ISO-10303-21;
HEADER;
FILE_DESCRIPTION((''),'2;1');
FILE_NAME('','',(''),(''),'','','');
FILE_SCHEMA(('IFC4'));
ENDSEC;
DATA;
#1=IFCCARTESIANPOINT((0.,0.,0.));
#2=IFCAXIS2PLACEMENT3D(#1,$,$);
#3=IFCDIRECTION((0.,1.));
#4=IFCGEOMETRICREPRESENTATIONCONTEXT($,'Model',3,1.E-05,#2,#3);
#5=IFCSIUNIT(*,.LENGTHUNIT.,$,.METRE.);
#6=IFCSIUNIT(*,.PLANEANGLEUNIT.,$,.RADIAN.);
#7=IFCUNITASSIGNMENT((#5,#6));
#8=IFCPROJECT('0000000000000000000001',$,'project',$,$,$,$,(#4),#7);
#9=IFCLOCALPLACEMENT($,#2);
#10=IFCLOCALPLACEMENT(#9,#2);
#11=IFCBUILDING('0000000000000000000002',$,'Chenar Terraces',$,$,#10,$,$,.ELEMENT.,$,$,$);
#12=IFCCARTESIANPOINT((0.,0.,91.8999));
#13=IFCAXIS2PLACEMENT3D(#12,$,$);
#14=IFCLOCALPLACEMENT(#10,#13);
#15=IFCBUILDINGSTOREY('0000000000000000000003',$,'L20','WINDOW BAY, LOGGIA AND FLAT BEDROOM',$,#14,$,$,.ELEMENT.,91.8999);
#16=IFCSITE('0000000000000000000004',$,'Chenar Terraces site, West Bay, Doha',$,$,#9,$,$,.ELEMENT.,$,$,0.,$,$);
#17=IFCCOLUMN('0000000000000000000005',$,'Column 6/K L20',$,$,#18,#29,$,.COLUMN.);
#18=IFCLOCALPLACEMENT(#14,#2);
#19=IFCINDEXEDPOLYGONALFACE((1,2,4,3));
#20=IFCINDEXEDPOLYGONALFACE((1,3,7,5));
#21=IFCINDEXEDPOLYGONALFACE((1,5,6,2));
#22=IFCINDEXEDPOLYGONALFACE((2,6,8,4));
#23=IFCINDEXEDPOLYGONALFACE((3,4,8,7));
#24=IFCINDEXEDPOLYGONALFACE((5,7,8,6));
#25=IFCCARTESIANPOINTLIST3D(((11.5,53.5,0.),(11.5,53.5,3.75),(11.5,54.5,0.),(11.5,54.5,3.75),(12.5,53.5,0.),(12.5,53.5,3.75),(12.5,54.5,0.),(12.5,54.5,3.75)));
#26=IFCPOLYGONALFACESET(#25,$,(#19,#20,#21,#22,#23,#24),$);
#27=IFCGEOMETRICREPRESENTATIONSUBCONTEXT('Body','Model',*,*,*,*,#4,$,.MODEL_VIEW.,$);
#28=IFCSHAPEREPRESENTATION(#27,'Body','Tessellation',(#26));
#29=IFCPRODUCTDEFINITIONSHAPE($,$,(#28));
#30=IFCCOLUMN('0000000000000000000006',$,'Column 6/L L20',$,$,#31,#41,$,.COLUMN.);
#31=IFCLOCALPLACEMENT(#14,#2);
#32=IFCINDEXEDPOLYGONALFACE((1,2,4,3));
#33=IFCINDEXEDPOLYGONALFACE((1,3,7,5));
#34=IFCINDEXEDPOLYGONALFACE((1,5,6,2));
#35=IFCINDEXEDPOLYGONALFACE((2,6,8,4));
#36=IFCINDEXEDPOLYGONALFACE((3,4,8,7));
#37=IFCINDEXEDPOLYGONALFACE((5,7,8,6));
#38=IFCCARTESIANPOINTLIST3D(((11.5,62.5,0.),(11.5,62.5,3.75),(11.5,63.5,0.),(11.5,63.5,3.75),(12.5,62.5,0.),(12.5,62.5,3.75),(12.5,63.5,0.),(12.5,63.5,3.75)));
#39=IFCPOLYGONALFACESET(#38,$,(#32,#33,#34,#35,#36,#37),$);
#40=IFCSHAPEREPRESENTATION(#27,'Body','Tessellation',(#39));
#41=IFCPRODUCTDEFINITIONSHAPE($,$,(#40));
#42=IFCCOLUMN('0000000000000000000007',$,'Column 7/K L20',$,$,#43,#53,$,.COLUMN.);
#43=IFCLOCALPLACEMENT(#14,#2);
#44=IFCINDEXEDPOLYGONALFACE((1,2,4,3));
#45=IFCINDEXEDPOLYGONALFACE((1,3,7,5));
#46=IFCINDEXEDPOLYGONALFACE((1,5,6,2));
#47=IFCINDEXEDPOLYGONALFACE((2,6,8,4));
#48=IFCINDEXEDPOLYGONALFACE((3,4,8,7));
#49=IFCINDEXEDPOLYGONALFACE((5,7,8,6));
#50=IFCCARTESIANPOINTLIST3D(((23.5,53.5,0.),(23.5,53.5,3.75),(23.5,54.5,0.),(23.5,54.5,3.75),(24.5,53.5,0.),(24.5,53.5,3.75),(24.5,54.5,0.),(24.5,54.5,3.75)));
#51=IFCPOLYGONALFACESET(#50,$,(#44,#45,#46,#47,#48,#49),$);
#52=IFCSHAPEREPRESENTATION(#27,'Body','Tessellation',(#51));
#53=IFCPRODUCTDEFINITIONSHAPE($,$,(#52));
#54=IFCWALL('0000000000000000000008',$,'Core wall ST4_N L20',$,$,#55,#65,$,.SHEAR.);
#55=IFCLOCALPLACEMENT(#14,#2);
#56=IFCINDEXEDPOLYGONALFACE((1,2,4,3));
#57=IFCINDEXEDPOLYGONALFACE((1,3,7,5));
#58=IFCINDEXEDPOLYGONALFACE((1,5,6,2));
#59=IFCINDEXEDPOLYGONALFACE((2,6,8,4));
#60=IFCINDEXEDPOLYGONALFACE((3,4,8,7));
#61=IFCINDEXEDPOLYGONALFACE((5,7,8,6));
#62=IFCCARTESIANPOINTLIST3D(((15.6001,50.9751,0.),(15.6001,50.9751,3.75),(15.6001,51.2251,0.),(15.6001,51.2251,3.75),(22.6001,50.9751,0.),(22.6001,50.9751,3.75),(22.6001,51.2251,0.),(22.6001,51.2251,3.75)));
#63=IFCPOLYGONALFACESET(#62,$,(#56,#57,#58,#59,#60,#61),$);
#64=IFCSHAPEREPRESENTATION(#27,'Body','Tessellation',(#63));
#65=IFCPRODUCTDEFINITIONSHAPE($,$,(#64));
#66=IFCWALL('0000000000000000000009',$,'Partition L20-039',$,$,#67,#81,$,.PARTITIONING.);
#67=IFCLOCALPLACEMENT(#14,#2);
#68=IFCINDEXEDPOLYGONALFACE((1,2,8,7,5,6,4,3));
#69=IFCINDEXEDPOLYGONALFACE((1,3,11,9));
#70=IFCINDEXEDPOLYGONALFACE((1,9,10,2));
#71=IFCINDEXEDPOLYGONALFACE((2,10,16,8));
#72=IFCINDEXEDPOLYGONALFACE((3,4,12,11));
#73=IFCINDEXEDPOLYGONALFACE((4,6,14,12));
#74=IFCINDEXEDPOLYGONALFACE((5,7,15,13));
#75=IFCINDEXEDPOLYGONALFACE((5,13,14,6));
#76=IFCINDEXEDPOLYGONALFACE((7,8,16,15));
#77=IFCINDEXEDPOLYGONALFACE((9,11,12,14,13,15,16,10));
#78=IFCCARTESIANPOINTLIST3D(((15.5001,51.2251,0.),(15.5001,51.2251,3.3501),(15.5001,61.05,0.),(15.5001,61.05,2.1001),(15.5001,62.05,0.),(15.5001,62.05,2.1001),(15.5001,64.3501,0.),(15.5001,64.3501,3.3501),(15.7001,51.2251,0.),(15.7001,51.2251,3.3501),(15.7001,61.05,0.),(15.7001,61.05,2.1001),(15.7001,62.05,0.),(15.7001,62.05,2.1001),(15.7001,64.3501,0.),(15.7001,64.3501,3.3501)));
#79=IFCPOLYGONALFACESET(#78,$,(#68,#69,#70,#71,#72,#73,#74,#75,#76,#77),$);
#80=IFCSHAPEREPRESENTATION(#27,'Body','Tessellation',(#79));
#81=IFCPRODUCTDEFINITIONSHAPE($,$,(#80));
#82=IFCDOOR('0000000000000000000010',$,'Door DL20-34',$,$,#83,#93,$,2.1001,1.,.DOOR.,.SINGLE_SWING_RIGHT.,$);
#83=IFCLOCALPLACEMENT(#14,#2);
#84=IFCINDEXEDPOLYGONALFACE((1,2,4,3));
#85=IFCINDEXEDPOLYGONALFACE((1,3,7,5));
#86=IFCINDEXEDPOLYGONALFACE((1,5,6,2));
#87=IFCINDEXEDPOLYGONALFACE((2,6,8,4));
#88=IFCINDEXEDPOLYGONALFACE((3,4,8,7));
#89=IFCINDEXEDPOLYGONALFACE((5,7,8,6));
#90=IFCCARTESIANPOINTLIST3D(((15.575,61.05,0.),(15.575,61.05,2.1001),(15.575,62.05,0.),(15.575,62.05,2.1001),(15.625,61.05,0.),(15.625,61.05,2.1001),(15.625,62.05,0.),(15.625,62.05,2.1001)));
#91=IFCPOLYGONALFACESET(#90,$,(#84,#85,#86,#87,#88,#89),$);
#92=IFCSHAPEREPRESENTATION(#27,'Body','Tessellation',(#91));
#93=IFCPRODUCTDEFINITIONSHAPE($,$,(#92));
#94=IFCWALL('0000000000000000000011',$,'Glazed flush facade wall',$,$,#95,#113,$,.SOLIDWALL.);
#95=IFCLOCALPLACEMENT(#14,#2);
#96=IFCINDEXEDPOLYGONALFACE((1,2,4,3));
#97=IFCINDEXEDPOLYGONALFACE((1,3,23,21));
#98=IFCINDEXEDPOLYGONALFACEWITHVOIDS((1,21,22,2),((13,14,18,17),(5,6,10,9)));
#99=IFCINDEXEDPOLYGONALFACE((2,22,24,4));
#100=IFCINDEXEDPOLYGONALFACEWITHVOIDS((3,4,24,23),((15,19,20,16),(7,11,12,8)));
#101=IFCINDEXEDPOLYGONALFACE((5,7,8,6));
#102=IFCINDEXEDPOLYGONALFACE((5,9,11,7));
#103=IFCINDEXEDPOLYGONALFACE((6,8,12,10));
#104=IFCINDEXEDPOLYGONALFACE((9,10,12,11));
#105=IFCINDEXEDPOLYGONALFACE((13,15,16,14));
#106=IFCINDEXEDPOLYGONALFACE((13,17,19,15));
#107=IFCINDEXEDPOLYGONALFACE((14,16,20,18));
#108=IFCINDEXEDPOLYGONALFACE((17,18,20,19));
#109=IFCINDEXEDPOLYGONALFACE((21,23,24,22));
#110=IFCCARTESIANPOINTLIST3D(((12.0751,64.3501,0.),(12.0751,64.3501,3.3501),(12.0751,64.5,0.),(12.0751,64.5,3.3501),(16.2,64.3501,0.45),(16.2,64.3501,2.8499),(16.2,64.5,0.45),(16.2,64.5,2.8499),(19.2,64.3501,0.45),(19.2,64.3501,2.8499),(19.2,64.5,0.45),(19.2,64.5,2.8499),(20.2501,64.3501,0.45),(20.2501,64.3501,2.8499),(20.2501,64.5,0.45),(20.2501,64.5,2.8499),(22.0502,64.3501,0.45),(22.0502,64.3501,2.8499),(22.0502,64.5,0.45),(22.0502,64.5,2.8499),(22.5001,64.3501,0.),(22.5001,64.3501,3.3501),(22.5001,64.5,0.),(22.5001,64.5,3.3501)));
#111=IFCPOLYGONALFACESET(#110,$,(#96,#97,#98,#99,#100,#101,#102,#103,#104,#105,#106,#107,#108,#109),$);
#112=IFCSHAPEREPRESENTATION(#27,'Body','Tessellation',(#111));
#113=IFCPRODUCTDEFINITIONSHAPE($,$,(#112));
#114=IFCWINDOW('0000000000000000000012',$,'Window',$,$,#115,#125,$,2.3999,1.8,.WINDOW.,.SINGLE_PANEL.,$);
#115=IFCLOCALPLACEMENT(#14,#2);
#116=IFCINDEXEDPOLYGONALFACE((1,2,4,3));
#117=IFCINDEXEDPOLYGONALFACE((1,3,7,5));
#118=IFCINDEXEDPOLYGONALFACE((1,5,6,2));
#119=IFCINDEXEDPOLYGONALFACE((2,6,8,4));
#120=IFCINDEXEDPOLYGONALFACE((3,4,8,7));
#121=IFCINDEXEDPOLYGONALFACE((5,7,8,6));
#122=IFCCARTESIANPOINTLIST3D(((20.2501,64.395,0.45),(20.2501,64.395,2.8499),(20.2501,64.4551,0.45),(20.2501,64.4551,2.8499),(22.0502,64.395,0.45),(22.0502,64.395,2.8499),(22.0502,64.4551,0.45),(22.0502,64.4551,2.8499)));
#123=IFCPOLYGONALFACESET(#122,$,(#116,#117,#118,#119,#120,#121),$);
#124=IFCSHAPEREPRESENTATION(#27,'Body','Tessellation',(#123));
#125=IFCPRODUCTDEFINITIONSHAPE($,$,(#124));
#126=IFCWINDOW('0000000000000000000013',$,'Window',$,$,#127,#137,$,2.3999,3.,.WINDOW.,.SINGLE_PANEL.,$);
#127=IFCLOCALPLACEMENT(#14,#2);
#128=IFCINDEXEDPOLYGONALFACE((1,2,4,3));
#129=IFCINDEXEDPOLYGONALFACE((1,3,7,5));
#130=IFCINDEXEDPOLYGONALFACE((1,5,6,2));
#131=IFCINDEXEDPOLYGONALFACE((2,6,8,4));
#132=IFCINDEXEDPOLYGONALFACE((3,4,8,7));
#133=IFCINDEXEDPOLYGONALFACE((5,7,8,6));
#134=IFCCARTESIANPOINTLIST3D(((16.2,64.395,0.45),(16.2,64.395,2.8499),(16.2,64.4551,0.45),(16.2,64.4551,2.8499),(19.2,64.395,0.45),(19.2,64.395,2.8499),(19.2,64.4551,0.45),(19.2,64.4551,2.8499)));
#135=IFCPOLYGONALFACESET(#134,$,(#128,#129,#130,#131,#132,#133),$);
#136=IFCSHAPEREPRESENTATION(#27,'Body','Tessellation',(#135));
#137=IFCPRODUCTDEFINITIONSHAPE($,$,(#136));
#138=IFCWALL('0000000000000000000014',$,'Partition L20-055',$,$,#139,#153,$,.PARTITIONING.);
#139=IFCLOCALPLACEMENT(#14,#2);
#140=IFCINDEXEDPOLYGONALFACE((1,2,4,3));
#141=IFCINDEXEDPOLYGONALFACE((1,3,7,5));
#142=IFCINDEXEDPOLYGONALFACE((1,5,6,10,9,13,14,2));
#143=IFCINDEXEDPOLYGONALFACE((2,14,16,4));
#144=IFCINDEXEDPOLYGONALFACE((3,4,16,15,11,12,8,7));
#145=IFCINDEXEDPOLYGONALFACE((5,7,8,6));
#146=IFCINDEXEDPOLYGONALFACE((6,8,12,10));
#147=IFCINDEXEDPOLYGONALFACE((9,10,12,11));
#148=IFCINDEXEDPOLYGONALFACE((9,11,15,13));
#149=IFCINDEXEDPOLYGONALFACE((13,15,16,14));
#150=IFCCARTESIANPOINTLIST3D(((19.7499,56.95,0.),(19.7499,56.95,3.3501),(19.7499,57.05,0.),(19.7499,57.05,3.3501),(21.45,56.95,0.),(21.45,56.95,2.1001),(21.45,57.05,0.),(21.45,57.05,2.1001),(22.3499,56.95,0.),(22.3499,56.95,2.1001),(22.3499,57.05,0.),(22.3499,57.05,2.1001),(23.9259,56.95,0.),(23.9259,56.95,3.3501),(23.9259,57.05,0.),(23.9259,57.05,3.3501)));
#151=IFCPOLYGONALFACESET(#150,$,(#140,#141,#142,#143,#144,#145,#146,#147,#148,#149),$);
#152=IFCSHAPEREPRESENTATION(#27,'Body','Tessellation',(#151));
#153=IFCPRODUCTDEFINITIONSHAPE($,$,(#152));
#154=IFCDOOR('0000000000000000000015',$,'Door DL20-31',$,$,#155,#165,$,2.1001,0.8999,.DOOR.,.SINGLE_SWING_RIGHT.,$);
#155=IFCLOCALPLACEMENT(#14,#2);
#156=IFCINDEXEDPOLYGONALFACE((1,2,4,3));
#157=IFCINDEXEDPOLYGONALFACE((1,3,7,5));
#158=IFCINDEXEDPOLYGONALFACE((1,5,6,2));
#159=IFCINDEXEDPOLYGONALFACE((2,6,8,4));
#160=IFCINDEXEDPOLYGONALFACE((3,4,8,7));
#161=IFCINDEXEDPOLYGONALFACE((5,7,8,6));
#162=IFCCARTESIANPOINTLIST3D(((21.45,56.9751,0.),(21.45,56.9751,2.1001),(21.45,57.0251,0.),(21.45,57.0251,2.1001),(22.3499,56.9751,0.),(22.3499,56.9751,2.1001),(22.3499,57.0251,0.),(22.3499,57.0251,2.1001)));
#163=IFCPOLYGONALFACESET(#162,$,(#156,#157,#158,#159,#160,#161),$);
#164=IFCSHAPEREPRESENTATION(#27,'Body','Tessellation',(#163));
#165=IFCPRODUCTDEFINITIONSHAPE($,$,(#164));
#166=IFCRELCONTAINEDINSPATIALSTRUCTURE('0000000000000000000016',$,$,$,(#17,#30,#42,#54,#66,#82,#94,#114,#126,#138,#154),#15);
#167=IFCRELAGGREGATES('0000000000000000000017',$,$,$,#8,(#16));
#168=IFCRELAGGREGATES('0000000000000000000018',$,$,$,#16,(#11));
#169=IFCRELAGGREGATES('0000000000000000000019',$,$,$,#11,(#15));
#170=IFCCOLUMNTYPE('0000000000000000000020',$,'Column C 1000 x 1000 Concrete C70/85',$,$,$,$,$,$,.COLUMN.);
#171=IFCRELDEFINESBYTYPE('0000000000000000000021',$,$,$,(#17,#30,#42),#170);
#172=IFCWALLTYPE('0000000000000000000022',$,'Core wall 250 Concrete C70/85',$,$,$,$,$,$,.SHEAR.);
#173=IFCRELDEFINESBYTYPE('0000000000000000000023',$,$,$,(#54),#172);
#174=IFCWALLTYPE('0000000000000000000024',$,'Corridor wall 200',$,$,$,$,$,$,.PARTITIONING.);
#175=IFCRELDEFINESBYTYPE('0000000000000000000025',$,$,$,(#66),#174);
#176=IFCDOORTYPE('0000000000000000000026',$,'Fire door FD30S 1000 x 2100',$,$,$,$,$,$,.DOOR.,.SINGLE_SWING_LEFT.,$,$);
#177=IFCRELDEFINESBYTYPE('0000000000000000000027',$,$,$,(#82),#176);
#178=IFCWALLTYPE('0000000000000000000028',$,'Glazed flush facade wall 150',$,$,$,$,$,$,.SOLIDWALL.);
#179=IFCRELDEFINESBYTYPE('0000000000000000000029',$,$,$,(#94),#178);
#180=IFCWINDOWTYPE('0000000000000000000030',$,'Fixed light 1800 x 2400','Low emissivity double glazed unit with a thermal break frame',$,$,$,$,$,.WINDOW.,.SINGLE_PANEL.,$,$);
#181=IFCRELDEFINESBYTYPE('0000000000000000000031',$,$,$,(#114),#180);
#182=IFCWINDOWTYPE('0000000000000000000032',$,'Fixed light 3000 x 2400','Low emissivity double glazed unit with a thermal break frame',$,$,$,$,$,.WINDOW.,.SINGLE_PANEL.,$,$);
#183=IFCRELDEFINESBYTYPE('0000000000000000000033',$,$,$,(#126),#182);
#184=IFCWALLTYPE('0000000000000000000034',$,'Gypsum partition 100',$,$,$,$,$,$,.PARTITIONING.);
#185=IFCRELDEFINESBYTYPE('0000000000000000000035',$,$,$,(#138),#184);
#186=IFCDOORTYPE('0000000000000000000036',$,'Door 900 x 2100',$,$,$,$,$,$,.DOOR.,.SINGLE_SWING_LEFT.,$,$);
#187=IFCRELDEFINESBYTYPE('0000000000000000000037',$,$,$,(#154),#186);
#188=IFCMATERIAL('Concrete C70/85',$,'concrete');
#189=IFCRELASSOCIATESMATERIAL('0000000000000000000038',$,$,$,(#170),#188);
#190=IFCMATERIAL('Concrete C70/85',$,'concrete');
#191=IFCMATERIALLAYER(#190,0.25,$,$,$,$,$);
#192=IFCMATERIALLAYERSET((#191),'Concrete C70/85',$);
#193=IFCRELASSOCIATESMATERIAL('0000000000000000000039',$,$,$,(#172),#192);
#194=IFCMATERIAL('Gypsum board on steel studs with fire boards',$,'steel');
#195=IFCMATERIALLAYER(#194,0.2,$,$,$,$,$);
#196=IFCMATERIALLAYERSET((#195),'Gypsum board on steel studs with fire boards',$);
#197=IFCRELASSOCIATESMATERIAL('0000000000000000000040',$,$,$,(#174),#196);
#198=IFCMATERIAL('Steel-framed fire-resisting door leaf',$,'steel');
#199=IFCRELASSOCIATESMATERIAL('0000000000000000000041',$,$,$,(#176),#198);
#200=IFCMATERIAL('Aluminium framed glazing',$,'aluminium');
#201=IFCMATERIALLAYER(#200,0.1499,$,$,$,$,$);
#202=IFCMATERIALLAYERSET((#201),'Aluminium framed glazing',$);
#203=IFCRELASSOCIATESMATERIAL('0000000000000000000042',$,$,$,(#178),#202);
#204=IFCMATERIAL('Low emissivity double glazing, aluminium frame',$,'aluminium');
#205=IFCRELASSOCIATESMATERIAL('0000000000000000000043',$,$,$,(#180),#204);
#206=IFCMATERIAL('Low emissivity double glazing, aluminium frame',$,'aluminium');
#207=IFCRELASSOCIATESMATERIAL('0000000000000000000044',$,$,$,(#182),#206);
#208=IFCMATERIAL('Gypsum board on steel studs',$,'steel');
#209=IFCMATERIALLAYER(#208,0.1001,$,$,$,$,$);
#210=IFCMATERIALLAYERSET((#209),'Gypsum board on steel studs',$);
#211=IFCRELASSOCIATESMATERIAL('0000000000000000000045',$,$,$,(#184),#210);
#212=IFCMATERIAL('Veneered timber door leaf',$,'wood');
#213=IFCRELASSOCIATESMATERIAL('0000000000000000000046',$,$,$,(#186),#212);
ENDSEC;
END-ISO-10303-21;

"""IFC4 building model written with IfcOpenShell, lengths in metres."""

from ifc_helpers import new_model, si_unit, direction, frame, frame_2d, origin, origin_2d, place, context, subcontext, project, spatial, rectangle, extrude, material, layer, layer_set, material_profile, profile_set, type_object, element, fill, save


model = new_model("IFC4")

# Units and contexts
model_context = context("Model", 3, precision=1e-05, world=origin(), true_north=direction((0.0, 1.0)))
body_context = subcontext(model_context, "Body", "Model", "MODEL_VIEW")
ifc_project = project(units=[si_unit("LENGTHUNIT", "METRE"), si_unit("PLANEANGLEUNIT", "RADIAN")], contexts=[model_context])

# Site, building, storey
site_placement = place(None, origin())
site = spatial("IfcSite", under=ifc_project, at=site_placement, Name="Chenar Terraces site, West Bay, Doha", CompositionType="ELEMENT", RefElevation=0.0)
building_placement = place(site_placement, origin())
building = spatial("IfcBuilding", under=site, at=building_placement, Name="Chenar Terraces", CompositionType="ELEMENT")
storey_placement = place(building_placement, frame((0.0, 0.0, 91.8999)))
storey = spatial("IfcBuildingStorey", under=building, at=storey_placement, Name="L20", Description="WINDOW BAY, LOGGIA AND FLAT BEDROOM", CompositionType="ELEMENT", Elevation=91.8999)

# Columns
ifc_material_1 = material(Name="Concrete C70/85", Category="concrete")
ifc_material_profile_1 = material_profile(ifc_material_1, rectangle(XDim=1.0, YDim=1.0, at=origin_2d()), Name="C 1000 x 1000")
ifc_profile_set_1 = profile_set([ifc_material_profile_1], Name="Concrete C70/85")
column_type = type_object("IfcColumnType", Name="Column C 1000 x 1000 Concrete C70/85", PredefinedType="COLUMN", material=ifc_profile_set_1)
for number, where, z_axis, x_axis, name in (
    (1, (12.0, 54.0, 0.0), (0.0, 0.0, 1.0), (1.0, 0.0, 0.0), "Column 6/K L20"),
    (2, (12.0, 63.0, 0.0), (0.0, 0.0, 1.0), (1.0, 0.0, 0.0), "Column 6/L L20"),
    (3, (24.0, 54.0, 0.0), (0.0, 0.0, 1.0), (1.0, 0.0, 0.0), "Column 7/K L20"),
):
    element("IfcColumn", number, at=place(storey_placement, frame(where, z_axis=z_axis, x_axis=x_axis)), inside=storey, type_object=column_type, Name=name, PredefinedType="COLUMN", context=body_context, shape_type="SweptSolid", body=[
        extrude(rectangle(XDim=1.0, YDim=1.0, at=origin_2d()), origin(), (0.0, 0.0, 1.0), 3.75),
    ])

# Wall
ifc_material_2 = material(Name="Concrete C70/85", Category="concrete")
ifc_layer_1 = layer(ifc_material_2, 0.25)
ifc_layer_set_1 = layer_set([ifc_layer_1], Name="Concrete C70/85")
wall_type_1 = type_object("IfcWallType", Name="Core wall 250 Concrete C70/85", PredefinedType="SHEAR", material=ifc_layer_set_1)
wall_1_placement = place(storey_placement, frame((15.6001, 51.1001, 0.0), z_axis=(0.0, 0.0, 1.0), x_axis=(1.0, 0.0, 0.0)))
element("IfcWall", 4, at=wall_1_placement, inside=storey, type_object=wall_type_1, Name="Core wall ST4_N L20", PredefinedType="SHEAR", context=body_context, shape_type="SweptSolid", body=[
    extrude(rectangle(XDim=7.0, YDim=0.25, at=frame_2d((3.5, 0.0))), origin(), (0.0, 0.0, 1.0), 3.75),
])

# Wall, opening, door
ifc_material_3 = material(Name="Gypsum board on steel studs with fire boards", Category="steel")
ifc_layer_2 = layer(ifc_material_3, 0.2)
ifc_layer_set_2 = layer_set([ifc_layer_2], Name="Gypsum board on steel studs with fire boards")
wall_type_2 = type_object("IfcWallType", Name="Corridor wall 200", PredefinedType="PARTITIONING", material=ifc_layer_set_2)
wall_2_placement = place(storey_placement, frame((15.6001, 51.2251, 0.0), z_axis=(0.0, 0.0, 1.0), x_axis=(0.0, 1.0, 0.0)))
wall_2 = element("IfcWall", 5, at=wall_2_placement, inside=storey, type_object=wall_type_2, Name="Partition L20-039", PredefinedType="PARTITIONING", context=body_context, shape_type="SweptSolid", body=[
    extrude(rectangle(XDim=13.125, YDim=0.2, at=frame_2d((6.5625, 0.0))), origin(), (0.0, 0.0, 1.0), 3.3501),
])
opening_1_placement = place(wall_2_placement, frame((9.825, 0.0, 0.0)))
opening_1 = element("IfcOpeningElement", 6, at=opening_1_placement, cuts=wall_2, PredefinedType="OPENING", context=body_context, shape_type="SweptSolid", body=[
    extrude(rectangle(XDim=1.0, YDim=2.1001, at=frame_2d((0.5, 1.05))), frame((0.0, 0.1099, 0.0), z_axis=(0.0, -1.0, 0.0), x_axis=(1.0, 0.0, 0.0)), (0.0, 0.0, 1.0), 0.22),
])
ifc_material_4 = material(Name="Steel-framed fire-resisting door leaf", Category="steel")
door_type_1 = type_object("IfcDoorType", Name="Fire door FD30S 1000 x 2100", OperationType="SINGLE_SWING_LEFT", PredefinedType="DOOR", material=ifc_material_4)
door_1_placement = place(opening_1_placement, frame((1.0, 0.0, 0.0), z_axis=(0.0, 0.0, 1.0), x_axis=(-1.0, 0.0, 0.0)))
door_1 = element("IfcDoor", 7, at=door_1_placement, inside=storey, type_object=door_type_1, Name="Door DL20-34", OperationType="SINGLE_SWING_RIGHT", OverallHeight=2.1001, OverallWidth=1.0, PredefinedType="DOOR", context=body_context, shape_type="SweptSolid", body=[
    extrude(rectangle(XDim=1.0, YDim=2.1001, at=frame_2d((0.5, 1.05))), frame((0.0, 0.0249, 0.0), z_axis=(0.0, -1.0, 0.0), x_axis=(1.0, 0.0, 0.0)), (0.0, 0.0, 1.0), 0.05),
])
fill(opening_1, door_1)

# Wall, openings, windows
ifc_material_5 = material(Name="Aluminium framed glazing", Category="aluminium")
ifc_layer_3 = layer(ifc_material_5, 0.1499)
ifc_layer_set_3 = layer_set([ifc_layer_3], Name="Aluminium framed glazing")
wall_type_3 = type_object("IfcWallType", Name="Glazed flush facade wall 150", PredefinedType="SOLIDWALL", material=ifc_layer_set_3)
wall_3_placement = place(storey_placement, frame((22.5, 64.425, 0.0), z_axis=(0.0, 0.0, 1.0), x_axis=(-1.0, 0.0, 0.0)))
wall_3 = element("IfcWall", 8, at=wall_3_placement, inside=storey, type_object=wall_type_3, Name="Glazed flush facade wall", PredefinedType="SOLIDWALL", context=body_context, shape_type="SweptSolid", body=[
    extrude(rectangle(XDim=10.425, YDim=0.1499, at=frame_2d((5.2124, 0.0))), origin(), (0.0, 0.0, 1.0), 3.3501),
])
opening_2_placement = place(wall_3_placement, frame((0.45, 0.0, 0.45)))
opening_2 = element("IfcOpeningElement", 9, at=opening_2_placement, cuts=wall_3, PredefinedType="OPENING", context=body_context, shape_type="SweptSolid", body=[
    extrude(rectangle(XDim=1.8, YDim=2.3999, at=frame_2d((0.8999, 1.2))), frame((0.0, 0.085, 0.0), z_axis=(0.0, -1.0, 0.0), x_axis=(1.0, 0.0, 0.0)), (0.0, 0.0, 1.0), 0.1699),
])
opening_3_placement = place(wall_3_placement, frame((3.3, 0.0, 0.45)))
opening_3 = element("IfcOpeningElement", 10, at=opening_3_placement, cuts=wall_3, PredefinedType="OPENING", context=body_context, shape_type="SweptSolid", body=[
    extrude(rectangle(XDim=3.0, YDim=2.3999, at=frame_2d((1.5, 1.2))), frame((0.0, 0.085, 0.0), z_axis=(0.0, -1.0, 0.0), x_axis=(1.0, 0.0, 0.0)), (0.0, 0.0, 1.0), 0.1699),
])
ifc_material_6 = material(Name="Low emissivity double glazing, aluminium frame", Category="aluminium")
window_type_1 = type_object("IfcWindowType", Name="Fixed light 1800 x 2400", Description="Low emissivity double glazed unit with a thermal break frame", PartitioningType="SINGLE_PANEL", PredefinedType="WINDOW", material=ifc_material_6)
window_1_placement = place(opening_2_placement, origin())
window_1 = element("IfcWindow", 11, at=window_1_placement, inside=storey, type_object=window_type_1, Name="Window", OverallHeight=2.3999, OverallWidth=1.8, PartitioningType="SINGLE_PANEL", PredefinedType="WINDOW", context=body_context, shape_type="SweptSolid", body=[
    extrude(rectangle(XDim=1.8, YDim=2.3999, at=frame_2d((0.8999, 1.2))), frame((0.0, 0.03, 0.0), z_axis=(0.0, -1.0, 0.0), x_axis=(1.0, 0.0, 0.0)), (0.0, 0.0, 1.0), 0.0601),
])
fill(opening_2, window_1)
ifc_material_7 = material(Name="Low emissivity double glazing, aluminium frame", Category="aluminium")
window_type_2 = type_object("IfcWindowType", Name="Fixed light 3000 x 2400", Description="Low emissivity double glazed unit with a thermal break frame", PartitioningType="SINGLE_PANEL", PredefinedType="WINDOW", material=ifc_material_7)
window_2_placement = place(opening_3_placement, origin())
window_2 = element("IfcWindow", 12, at=window_2_placement, inside=storey, type_object=window_type_2, Name="Window", OverallHeight=2.3999, OverallWidth=3.0, PartitioningType="SINGLE_PANEL", PredefinedType="WINDOW", context=body_context, shape_type="SweptSolid", body=[
    extrude(rectangle(XDim=3.0, YDim=2.3999, at=frame_2d((1.5, 1.2))), frame((0.0, 0.03, 0.0), z_axis=(0.0, -1.0, 0.0), x_axis=(1.0, 0.0, 0.0)), (0.0, 0.0, 1.0), 0.0601),
])
fill(opening_3, window_2)

# Wall, opening, door
ifc_material_8 = material(Name="Gypsum board on steel studs", Category="steel")
ifc_layer_4 = layer(ifc_material_8, 0.1001)
ifc_layer_set_4 = layer_set([ifc_layer_4], Name="Gypsum board on steel studs")
wall_type_4 = type_object("IfcWallType", Name="Gypsum partition 100", PredefinedType="PARTITIONING", material=ifc_layer_set_4)
wall_4_placement = place(storey_placement, frame((19.75, 57.0, 0.0), z_axis=(0.0, 0.0, 1.0), x_axis=(1.0, 0.0, 0.0)))
wall_4 = element("IfcWall", 13, at=wall_4_placement, inside=storey, type_object=wall_type_4, Name="Partition L20-055", PredefinedType="PARTITIONING", context=body_context, shape_type="SweptSolid", body=[
    extrude(rectangle(XDim=4.176, YDim=0.1001, at=frame_2d((2.0879, 0.0))), origin(), (0.0, 0.0, 1.0), 3.3501),
])
opening_4_placement = place(wall_4_placement, frame((1.7, 0.0, 0.0)))
opening_4 = element("IfcOpeningElement", 14, at=opening_4_placement, cuts=wall_4, PredefinedType="OPENING", context=body_context, shape_type="SweptSolid", body=[
    extrude(rectangle(XDim=0.8999, YDim=2.1001, at=frame_2d((0.45, 1.05))), frame((0.0, 0.0601, 0.0), z_axis=(0.0, -1.0, 0.0), x_axis=(1.0, 0.0, 0.0)), (0.0, 0.0, 1.0), 0.1201),
])
ifc_material_9 = material(Name="Veneered timber door leaf", Category="wood")
door_type_2 = type_object("IfcDoorType", Name="Door 900 x 2100", OperationType="SINGLE_SWING_LEFT", PredefinedType="DOOR", material=ifc_material_9)
door_2_placement = place(opening_4_placement, frame((0.8999, 0.0, 0.0), z_axis=(0.0, 0.0, 1.0), x_axis=(-1.0, 0.0, 0.0)))
door_2 = element("IfcDoor", 15, at=door_2_placement, inside=storey, type_object=door_type_2, Name="Door DL20-31", OperationType="SINGLE_SWING_RIGHT", OverallHeight=2.1001, OverallWidth=0.8999, PredefinedType="DOOR", context=body_context, shape_type="SweptSolid", body=[
    extrude(rectangle(XDim=0.8999, YDim=2.1001, at=frame_2d((0.45, 1.05))), frame((0.0, 0.0249, 0.0), z_axis=(0.0, -1.0, 0.0), x_axis=(1.0, 0.0, 0.0)), (0.0, 0.0, 1.0), 0.05),
])
fill(opening_4, door_2)

save(model, "model.ifc")
